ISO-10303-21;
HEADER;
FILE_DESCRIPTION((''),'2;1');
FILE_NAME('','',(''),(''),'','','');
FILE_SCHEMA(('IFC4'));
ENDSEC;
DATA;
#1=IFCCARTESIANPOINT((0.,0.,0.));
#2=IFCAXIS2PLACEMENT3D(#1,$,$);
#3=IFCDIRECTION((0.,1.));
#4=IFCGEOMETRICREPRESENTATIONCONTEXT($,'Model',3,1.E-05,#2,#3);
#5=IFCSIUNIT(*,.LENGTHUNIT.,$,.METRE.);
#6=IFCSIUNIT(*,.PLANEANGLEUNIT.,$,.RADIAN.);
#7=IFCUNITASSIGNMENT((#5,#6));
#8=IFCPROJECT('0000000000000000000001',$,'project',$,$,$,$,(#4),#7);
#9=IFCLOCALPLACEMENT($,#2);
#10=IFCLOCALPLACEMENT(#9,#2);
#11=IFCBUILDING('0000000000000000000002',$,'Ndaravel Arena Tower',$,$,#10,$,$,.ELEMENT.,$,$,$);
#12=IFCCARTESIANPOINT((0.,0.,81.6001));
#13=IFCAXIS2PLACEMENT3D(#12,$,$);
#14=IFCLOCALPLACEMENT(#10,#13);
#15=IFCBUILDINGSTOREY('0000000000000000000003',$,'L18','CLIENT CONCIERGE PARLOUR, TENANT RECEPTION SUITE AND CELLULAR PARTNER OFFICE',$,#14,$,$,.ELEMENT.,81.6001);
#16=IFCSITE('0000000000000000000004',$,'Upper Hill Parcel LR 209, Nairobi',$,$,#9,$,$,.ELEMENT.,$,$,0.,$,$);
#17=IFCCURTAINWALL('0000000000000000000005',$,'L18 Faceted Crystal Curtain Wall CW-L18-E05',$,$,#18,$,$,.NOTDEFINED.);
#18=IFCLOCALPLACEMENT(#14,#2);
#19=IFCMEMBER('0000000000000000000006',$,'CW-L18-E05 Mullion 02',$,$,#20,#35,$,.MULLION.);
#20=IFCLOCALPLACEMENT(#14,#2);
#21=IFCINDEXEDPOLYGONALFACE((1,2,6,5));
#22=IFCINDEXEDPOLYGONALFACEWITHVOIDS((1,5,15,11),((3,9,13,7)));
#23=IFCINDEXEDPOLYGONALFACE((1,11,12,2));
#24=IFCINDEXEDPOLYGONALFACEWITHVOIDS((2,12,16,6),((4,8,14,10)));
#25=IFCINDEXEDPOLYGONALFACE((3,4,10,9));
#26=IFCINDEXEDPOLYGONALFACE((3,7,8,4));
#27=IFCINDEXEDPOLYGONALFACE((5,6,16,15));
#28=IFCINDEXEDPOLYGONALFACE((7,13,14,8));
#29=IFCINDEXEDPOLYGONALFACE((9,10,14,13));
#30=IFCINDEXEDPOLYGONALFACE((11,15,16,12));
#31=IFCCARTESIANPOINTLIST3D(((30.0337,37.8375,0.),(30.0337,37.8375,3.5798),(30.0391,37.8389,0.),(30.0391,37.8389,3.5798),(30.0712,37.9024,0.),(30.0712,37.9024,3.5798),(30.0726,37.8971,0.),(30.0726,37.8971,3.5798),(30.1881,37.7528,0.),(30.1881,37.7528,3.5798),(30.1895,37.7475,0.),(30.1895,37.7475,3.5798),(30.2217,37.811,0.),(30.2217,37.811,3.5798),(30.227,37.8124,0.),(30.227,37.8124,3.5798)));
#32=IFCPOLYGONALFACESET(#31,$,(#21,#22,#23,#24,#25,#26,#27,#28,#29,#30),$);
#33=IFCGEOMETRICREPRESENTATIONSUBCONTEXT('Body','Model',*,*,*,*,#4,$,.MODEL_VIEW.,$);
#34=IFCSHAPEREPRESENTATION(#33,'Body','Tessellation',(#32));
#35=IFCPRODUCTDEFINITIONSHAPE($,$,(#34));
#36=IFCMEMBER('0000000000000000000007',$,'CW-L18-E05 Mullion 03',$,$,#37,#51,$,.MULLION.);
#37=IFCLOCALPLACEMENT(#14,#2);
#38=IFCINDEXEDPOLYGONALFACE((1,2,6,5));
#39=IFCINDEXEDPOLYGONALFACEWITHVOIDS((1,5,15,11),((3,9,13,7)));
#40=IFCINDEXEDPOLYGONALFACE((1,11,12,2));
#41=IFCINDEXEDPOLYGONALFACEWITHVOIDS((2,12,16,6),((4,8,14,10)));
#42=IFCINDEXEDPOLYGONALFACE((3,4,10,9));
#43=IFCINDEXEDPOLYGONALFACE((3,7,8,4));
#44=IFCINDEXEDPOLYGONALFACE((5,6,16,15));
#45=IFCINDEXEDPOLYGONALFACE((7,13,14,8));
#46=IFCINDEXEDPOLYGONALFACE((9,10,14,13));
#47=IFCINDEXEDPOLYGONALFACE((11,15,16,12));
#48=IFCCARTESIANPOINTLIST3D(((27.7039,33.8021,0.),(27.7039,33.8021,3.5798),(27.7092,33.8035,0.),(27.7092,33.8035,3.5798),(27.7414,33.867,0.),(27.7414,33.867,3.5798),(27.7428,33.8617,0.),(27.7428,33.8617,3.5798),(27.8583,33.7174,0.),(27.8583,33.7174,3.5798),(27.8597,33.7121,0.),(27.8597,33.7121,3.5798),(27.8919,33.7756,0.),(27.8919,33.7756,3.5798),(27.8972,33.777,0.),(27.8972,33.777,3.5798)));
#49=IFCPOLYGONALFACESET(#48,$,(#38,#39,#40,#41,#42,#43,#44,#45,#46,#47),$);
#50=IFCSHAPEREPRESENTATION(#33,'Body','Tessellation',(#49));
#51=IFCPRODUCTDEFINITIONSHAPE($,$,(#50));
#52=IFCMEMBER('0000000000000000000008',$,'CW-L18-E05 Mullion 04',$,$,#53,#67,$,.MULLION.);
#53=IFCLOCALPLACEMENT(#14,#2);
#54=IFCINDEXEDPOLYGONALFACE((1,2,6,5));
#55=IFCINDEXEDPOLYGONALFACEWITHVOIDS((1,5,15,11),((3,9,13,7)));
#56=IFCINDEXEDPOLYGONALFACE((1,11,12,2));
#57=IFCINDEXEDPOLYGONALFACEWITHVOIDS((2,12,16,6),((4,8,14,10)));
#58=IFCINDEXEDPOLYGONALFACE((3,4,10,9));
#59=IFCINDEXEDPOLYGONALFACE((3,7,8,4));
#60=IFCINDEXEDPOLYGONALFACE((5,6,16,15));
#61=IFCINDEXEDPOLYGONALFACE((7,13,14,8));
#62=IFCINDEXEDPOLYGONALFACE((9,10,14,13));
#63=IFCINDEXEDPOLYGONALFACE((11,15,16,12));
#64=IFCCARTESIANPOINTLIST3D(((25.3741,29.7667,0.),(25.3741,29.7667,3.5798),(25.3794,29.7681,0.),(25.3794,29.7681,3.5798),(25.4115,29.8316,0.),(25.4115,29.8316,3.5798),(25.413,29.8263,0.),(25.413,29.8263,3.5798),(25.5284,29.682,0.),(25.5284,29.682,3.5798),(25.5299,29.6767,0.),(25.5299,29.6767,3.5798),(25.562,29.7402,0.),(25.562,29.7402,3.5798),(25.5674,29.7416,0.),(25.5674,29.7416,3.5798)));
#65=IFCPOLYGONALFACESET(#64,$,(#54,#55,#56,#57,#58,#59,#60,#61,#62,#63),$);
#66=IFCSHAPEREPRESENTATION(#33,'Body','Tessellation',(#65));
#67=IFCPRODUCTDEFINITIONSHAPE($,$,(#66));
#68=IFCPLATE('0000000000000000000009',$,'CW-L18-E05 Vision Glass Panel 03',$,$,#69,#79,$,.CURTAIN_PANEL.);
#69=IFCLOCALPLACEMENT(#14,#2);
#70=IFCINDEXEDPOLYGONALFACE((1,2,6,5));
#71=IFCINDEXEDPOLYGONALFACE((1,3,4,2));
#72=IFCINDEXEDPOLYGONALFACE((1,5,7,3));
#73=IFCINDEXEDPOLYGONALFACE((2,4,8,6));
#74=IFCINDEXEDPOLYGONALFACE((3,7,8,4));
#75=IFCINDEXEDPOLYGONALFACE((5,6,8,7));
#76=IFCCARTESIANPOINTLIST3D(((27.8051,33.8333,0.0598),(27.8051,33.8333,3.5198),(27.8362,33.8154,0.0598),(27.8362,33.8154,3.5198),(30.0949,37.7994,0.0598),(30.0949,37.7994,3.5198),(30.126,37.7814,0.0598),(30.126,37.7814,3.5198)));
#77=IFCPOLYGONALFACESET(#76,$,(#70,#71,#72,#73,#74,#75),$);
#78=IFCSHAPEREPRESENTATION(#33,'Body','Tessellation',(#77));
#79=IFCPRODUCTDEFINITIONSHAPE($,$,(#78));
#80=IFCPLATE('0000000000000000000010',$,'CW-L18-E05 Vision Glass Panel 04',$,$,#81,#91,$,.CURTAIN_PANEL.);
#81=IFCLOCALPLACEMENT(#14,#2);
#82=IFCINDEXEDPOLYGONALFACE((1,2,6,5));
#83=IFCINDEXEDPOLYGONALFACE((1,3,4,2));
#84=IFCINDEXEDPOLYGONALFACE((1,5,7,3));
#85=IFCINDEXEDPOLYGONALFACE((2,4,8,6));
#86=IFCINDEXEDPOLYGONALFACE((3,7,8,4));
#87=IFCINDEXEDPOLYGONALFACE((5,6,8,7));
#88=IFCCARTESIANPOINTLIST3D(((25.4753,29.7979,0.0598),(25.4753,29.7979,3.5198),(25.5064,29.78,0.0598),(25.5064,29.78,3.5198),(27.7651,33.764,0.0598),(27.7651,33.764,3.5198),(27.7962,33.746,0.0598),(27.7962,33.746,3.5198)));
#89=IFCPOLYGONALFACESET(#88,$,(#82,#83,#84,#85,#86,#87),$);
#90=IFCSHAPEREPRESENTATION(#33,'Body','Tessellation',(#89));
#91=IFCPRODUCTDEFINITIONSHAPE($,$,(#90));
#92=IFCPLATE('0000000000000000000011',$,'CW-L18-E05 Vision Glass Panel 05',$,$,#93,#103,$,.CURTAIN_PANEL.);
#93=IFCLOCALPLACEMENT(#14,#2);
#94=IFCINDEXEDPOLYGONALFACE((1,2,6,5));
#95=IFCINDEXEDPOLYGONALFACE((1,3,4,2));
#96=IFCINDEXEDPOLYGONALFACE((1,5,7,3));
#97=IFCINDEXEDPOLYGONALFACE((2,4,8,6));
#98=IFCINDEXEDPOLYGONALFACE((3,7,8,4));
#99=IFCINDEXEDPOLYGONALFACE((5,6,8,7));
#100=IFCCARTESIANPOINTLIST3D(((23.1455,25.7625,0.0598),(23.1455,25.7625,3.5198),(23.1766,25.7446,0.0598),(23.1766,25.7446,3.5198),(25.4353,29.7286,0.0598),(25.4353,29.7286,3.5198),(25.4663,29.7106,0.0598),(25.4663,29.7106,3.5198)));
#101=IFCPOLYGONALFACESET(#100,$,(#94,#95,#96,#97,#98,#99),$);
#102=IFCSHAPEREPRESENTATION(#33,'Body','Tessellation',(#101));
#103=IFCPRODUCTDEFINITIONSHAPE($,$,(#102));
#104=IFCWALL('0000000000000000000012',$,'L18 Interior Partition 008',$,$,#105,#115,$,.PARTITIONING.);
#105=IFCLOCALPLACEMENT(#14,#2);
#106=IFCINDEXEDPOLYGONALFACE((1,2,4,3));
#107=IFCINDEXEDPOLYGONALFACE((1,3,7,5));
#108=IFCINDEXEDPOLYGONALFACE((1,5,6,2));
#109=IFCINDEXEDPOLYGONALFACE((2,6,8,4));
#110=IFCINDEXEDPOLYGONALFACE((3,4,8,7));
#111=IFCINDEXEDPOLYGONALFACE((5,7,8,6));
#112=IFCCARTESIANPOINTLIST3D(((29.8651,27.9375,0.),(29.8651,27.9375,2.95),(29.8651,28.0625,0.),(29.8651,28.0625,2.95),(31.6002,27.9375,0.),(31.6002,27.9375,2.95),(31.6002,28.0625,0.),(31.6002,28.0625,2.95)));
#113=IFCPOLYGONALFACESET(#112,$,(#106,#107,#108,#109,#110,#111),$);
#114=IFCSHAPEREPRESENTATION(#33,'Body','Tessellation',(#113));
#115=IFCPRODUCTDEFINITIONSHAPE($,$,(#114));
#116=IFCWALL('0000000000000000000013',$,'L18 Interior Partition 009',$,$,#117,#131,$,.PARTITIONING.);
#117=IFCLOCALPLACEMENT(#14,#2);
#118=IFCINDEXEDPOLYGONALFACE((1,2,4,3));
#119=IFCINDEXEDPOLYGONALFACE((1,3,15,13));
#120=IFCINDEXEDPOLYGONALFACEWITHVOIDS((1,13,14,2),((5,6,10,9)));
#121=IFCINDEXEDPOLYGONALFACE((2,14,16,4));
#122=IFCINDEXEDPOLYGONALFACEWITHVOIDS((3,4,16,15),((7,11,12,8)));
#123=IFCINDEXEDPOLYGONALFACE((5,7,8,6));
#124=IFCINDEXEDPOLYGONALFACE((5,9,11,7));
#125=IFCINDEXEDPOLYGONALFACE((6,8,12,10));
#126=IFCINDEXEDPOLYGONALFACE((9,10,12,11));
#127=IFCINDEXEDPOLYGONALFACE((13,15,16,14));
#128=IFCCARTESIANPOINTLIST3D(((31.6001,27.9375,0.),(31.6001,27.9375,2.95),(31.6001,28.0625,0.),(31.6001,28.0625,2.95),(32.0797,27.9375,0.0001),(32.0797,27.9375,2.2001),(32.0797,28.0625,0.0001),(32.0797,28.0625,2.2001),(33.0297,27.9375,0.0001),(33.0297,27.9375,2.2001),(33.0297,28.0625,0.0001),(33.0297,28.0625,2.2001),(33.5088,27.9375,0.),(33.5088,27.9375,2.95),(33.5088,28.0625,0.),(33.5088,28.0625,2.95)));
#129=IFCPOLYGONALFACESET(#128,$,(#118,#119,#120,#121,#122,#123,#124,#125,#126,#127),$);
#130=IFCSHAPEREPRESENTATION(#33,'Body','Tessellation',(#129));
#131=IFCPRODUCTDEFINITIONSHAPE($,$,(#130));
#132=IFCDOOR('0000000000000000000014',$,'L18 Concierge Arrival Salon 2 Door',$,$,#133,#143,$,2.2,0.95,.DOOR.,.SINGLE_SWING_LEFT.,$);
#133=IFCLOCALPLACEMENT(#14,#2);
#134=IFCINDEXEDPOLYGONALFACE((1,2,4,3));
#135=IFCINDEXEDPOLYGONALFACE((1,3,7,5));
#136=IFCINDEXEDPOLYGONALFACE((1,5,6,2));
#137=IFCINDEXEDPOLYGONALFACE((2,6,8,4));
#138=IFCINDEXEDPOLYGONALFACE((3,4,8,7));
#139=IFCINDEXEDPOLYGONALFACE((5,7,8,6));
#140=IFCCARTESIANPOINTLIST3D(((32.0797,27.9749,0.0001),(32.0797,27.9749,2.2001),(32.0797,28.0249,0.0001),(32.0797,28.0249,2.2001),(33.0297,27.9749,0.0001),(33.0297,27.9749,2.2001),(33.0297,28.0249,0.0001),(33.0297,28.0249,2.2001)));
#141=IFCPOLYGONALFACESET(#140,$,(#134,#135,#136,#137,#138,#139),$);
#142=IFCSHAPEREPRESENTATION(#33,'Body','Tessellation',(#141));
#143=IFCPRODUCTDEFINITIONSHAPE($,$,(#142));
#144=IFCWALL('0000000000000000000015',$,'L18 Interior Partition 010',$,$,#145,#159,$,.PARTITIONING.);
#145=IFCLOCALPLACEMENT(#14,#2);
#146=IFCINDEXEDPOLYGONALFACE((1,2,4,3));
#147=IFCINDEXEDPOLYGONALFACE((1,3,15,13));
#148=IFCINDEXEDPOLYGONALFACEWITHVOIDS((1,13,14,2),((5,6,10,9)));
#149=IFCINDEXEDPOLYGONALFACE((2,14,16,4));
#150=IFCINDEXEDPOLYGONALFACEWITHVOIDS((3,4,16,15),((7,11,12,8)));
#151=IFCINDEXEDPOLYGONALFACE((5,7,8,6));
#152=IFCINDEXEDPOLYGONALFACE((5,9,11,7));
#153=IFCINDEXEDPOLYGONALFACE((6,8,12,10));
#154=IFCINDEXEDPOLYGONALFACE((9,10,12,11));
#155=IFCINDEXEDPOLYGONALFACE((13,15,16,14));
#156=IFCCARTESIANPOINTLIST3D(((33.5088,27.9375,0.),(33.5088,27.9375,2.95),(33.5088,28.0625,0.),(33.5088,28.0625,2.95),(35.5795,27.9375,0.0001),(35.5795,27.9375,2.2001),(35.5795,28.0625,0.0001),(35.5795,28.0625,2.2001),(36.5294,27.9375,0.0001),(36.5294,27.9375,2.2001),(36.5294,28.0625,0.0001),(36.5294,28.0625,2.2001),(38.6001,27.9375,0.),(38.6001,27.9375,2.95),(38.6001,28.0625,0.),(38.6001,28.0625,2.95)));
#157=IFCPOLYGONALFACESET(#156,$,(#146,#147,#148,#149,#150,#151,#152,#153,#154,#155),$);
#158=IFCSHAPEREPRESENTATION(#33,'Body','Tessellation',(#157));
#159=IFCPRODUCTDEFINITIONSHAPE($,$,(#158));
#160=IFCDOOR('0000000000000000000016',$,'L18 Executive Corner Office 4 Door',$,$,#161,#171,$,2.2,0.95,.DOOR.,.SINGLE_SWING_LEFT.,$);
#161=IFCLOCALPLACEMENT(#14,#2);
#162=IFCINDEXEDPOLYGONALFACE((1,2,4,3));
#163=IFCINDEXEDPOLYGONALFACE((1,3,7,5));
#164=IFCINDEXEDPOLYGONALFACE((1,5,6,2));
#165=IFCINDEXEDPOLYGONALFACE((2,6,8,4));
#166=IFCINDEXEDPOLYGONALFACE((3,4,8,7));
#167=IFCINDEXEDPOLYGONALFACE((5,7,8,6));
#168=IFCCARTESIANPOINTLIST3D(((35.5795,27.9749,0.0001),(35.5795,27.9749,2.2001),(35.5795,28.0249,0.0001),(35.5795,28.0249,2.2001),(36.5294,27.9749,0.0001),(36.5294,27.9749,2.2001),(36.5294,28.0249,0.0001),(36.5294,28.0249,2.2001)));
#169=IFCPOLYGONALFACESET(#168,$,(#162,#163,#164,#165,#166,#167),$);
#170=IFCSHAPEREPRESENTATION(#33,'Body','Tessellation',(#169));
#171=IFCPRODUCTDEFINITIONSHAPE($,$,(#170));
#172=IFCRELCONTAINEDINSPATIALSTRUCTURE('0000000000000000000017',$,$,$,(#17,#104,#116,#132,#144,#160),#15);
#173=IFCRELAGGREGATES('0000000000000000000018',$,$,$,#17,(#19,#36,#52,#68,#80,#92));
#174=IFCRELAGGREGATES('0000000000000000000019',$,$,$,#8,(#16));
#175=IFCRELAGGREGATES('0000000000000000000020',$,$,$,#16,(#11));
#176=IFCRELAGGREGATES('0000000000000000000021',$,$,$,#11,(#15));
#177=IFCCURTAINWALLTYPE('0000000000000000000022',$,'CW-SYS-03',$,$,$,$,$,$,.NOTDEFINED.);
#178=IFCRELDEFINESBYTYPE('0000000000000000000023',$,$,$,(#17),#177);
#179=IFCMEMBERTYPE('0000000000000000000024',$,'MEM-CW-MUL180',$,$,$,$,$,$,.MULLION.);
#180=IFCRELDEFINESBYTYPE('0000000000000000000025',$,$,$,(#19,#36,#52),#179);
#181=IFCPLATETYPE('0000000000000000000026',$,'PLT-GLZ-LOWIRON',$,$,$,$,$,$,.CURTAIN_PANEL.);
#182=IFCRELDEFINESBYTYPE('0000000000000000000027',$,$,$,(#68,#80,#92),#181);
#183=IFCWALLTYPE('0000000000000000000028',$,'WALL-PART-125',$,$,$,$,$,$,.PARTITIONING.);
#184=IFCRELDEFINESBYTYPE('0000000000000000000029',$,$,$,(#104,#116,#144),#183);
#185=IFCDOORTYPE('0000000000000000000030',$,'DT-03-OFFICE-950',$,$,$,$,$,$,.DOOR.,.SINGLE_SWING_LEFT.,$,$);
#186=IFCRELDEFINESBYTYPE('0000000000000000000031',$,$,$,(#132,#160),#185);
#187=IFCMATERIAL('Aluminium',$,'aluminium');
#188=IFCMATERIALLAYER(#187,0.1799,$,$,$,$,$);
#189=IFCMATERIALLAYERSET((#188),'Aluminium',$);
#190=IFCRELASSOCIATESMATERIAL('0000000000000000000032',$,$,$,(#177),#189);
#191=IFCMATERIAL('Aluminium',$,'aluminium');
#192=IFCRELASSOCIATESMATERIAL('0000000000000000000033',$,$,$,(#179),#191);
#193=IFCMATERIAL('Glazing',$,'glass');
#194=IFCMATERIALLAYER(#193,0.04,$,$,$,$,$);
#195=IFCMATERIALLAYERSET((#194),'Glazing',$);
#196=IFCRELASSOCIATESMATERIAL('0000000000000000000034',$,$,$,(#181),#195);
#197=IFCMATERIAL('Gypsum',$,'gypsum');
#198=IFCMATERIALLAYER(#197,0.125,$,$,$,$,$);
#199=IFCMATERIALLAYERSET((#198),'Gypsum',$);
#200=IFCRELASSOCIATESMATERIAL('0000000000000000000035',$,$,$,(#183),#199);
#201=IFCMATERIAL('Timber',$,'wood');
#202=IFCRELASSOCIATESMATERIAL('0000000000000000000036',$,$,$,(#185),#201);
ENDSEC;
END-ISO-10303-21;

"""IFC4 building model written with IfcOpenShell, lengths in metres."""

from ifc_helpers import new_model, si_unit, direction, frame, frame_2d, origin, origin_2d, place, context, subcontext, project, spatial, rectangle, hollow_rectangle, extrude, material, layer, layer_set, material_profile, profile_set, type_object, element, fill, aggregate, save


model = new_model("IFC4")

# Units and contexts
model_context = context("Model", 3, precision=1e-05, world=origin(), true_north=direction((0.0, 1.0)))
body_context = subcontext(model_context, "Body", "Model", "MODEL_VIEW")
ifc_project = project(units=[si_unit("LENGTHUNIT", "METRE"), si_unit("PLANEANGLEUNIT", "RADIAN")], contexts=[model_context])

# Site, building, storey
site_placement = place(None, origin())
site = spatial("IfcSite", under=ifc_project, at=site_placement, Name="Upper Hill Parcel LR 209, Nairobi", CompositionType="ELEMENT", RefElevation=0.0)
building_placement = place(site_placement, origin())
building = spatial("IfcBuilding", under=site, at=building_placement, Name="Ndaravel Arena Tower", CompositionType="ELEMENT")
storey_placement = place(building_placement, frame((0.0, 0.0, 81.6001)))
storey = spatial("IfcBuildingStorey", under=building, at=storey_placement, Name="L18", Description="CLIENT CONCIERGE PARLOUR, TENANT RECEPTION SUITE AND CELLULAR PARTNER OFFICE", CompositionType="ELEMENT", Elevation=81.6001)

# Curtain wall, members, plates
ifc_material_1 = material(Name="Aluminium", Category="aluminium")
ifc_layer_1 = layer(ifc_material_1, 0.1799)
ifc_layer_set_1 = layer_set([ifc_layer_1], Name="Aluminium")
curtain_wall_type = type_object("IfcCurtainWallType", Name="CW-SYS-03", PredefinedType="NOTDEFINED", material=ifc_layer_set_1)
curtain_wall_placement = place(storey_placement, origin())
curtain_wall = element("IfcCurtainWall", 1, at=curtain_wall_placement, inside=storey, type_object=curtain_wall_type, Name="L18 Faceted Crystal Curtain Wall CW-L18-E05", PredefinedType="NOTDEFINED")
ifc_material_2 = material(Name="Aluminium", Category="aluminium")
ifc_material_profile_1 = material_profile(ifc_material_2, hollow_rectangle(XDim=0.075, YDim=0.1799, WallThickness=0.0039, at=origin_2d()), Name="CW MULLION 75x180x4")
ifc_profile_set_1 = profile_set([ifc_material_profile_1], Name="Aluminium")
member_type = type_object("IfcMemberType", Name="MEM-CW-MUL180", PredefinedType="MULLION", material=ifc_profile_set_1)
member_1_placement = place(storey_placement, frame((30.1304, 37.825, 0.0), z_axis=(0.0, 0.0, 1.0), x_axis=(-0.5, -0.866025, 0.0)))
member_1 = element("IfcMember", 2, at=member_1_placement, type_object=member_type, Name="CW-L18-E05 Mullion 02", PredefinedType="MULLION", context=body_context, shape_type="SweptSolid", body=[
    extrude(hollow_rectangle(XDim=0.075, YDim=0.1799, WallThickness=0.0039, at=origin_2d()), origin(), (0.0, 0.0, 1.0), 3.5798),
])
member_2_placement = place(storey_placement, frame((27.8005, 33.7896, 0.0), z_axis=(0.0, 0.0, 1.0), x_axis=(-0.5, -0.866025, 0.0)))
member_2 = element("IfcMember", 3, at=member_2_placement, type_object=member_type, Name="CW-L18-E05 Mullion 03", PredefinedType="MULLION", context=body_context, shape_type="SweptSolid", body=[
    extrude(hollow_rectangle(XDim=0.075, YDim=0.1799, WallThickness=0.0039, at=origin_2d()), origin(), (0.0, 0.0, 1.0), 3.5798),
])
member_3_placement = place(storey_placement, frame((25.4707, 29.7542, 0.0), z_axis=(0.0, 0.0, 1.0), x_axis=(-0.5, -0.866025, 0.0)))
member_3 = element("IfcMember", 4, at=member_3_placement, type_object=member_type, Name="CW-L18-E05 Mullion 04", PredefinedType="MULLION", context=body_context, shape_type="SweptSolid", body=[
    extrude(hollow_rectangle(XDim=0.075, YDim=0.1799, WallThickness=0.0039, at=origin_2d()), origin(), (0.0, 0.0, 1.0), 3.5798),
])
ifc_material_3 = material(Name="Glazing", Category="glass")
ifc_layer_2 = layer(ifc_material_3, 0.04)
ifc_layer_set_2 = layer_set([ifc_layer_2], Name="Glazing")
plate_type = type_object("IfcPlateType", Name="PLT-GLZ-LOWIRON", PredefinedType="CURTAIN_PANEL", material=ifc_layer_set_2)
plate_1_placement = place(storey_placement, frame((28.9656, 35.8074, 0.0598), z_axis=(0.0, 0.0, 1.0), x_axis=(-0.5, -0.866025, 0.0)))
plate_1 = element("IfcPlate", 5, at=plate_1_placement, type_object=plate_type, Name="CW-L18-E05 Vision Glass Panel 03", PredefinedType="CURTAIN_PANEL", context=body_context, shape_type="SweptSolid", body=[
    extrude(rectangle(XDim=4.5796, YDim=0.0359, at=origin_2d()), origin(), (0.0, 0.0, 1.0), 3.46),
])
plate_2_placement = place(storey_placement, frame((26.6357, 31.772, 0.0598), z_axis=(0.0, 0.0, 1.0), x_axis=(-0.5, -0.866025, 0.0)))
plate_2 = element("IfcPlate", 6, at=plate_2_placement, type_object=plate_type, Name="CW-L18-E05 Vision Glass Panel 04", PredefinedType="CURTAIN_PANEL", context=body_context, shape_type="SweptSolid", body=[
    extrude(rectangle(XDim=4.5796, YDim=0.0359, at=origin_2d()), origin(), (0.0, 0.0, 1.0), 3.46),
])
plate_3_placement = place(storey_placement, frame((24.3059, 27.7366, 0.0598), z_axis=(0.0, 0.0, 1.0), x_axis=(-0.5, -0.866025, 0.0)))
plate_3 = element("IfcPlate", 7, at=plate_3_placement, type_object=plate_type, Name="CW-L18-E05 Vision Glass Panel 05", PredefinedType="CURTAIN_PANEL", context=body_context, shape_type="SweptSolid", body=[
    extrude(rectangle(XDim=4.5796, YDim=0.0359, at=origin_2d()), origin(), (0.0, 0.0, 1.0), 3.46),
])
aggregate(curtain_wall, [member_1, member_2, member_3, plate_1, plate_2, plate_3])

# Wall
ifc_material_4 = material(Name="Gypsum", Category="gypsum")
ifc_layer_3 = layer(ifc_material_4, 0.125)
ifc_layer_set_3 = layer_set([ifc_layer_3], Name="Gypsum")
wall_type_1 = type_object("IfcWallType", Name="WALL-PART-125", PredefinedType="PARTITIONING", material=ifc_layer_set_3)
wall_1_placement = place(storey_placement, frame((29.865, 28.0, 0.0), z_axis=(0.0, 0.0, 1.0), x_axis=(1.0, 0.0, 0.0)))
element("IfcWall", 8, at=wall_1_placement, inside=storey, type_object=wall_type_1, Name="L18 Interior Partition 008", PredefinedType="PARTITIONING", context=body_context, shape_type="SweptSolid", body=[
    extrude(rectangle(XDim=1.7351, YDim=0.125, at=frame_2d((0.8677, 0.0))), origin(), (0.0, 0.0, 1.0), 2.95),
])

# Walls, openings, doors
wall_2_placement = place(storey_placement, frame((31.6001, 28.0, 0.0), z_axis=(0.0, 0.0, 1.0), x_axis=(1.0, 0.0, 0.0)))
wall_2 = element("IfcWall", 9, at=wall_2_placement, inside=storey, type_object=wall_type_1, Name="L18 Interior Partition 009", PredefinedType="PARTITIONING", context=body_context, shape_type="SweptSolid", body=[
    extrude(rectangle(XDim=1.9087, YDim=0.125, at=frame_2d((0.9543, 0.0))), origin(), (0.0, 0.0, 1.0), 2.95),
])
opening_1_placement = place(wall_2_placement, frame((0.4795, 0.0, 0.0)))
opening_1 = element("IfcOpeningElement", 10, at=opening_1_placement, cuts=wall_2, PredefinedType="OPENING", context=body_context, shape_type="SweptSolid", body=[
    extrude(rectangle(XDim=0.95, YDim=2.2, at=frame_2d((0.4751, 1.1001))), frame((0.0, 0.0625, 0.0), z_axis=(0.0, -1.0, 0.0), x_axis=(1.0, 0.0, 0.0)), (0.0, 0.0, 1.0), 0.125),
])
ifc_material_5 = material(Name="Timber", Category="wood")
door_type = type_object("IfcDoorType", Name="DT-03-OFFICE-950", OperationType="SINGLE_SWING_LEFT", PredefinedType="DOOR", material=ifc_material_5)
door_1_placement = place(opening_1_placement, origin())
door_1 = element("IfcDoor", 11, at=door_1_placement, inside=storey, type_object=door_type, Name="L18 Concierge Arrival Salon 2 Door", OperationType="SINGLE_SWING_LEFT", OverallHeight=2.2, OverallWidth=0.95, PredefinedType="DOOR", context=body_context, shape_type="SweptSolid", body=[
    extrude(rectangle(XDim=0.95, YDim=2.2, at=frame_2d((0.4751, 1.1001))), frame((0.0, 0.0249, 0.0), z_axis=(0.0, -1.0, 0.0), x_axis=(1.0, 0.0, 0.0)), (0.0, 0.0, 1.0), 0.05),
])
fill(opening_1, door_1)
wall_3_placement = place(storey_placement, frame((33.5088, 28.0, 0.0), z_axis=(0.0, 0.0, 1.0), x_axis=(1.0, 0.0, 0.0)))
wall_3 = element("IfcWall", 12, at=wall_3_placement, inside=storey, type_object=wall_type_1, Name="L18 Interior Partition 010", PredefinedType="PARTITIONING", context=body_context, shape_type="SweptSolid", body=[
    extrude(rectangle(XDim=5.0913, YDim=0.125, at=frame_2d((2.5457, 0.0))), origin(), (0.0, 0.0, 1.0), 2.95),
])
opening_2_placement = place(wall_3_placement, frame((2.0706, 0.0, 0.0)))
opening_2 = element("IfcOpeningElement", 13, at=opening_2_placement, cuts=wall_3, PredefinedType="OPENING", context=body_context, shape_type="SweptSolid", body=[
    extrude(rectangle(XDim=0.95, YDim=2.2, at=frame_2d((0.4751, 1.1001))), frame((0.0, 0.0625, 0.0), z_axis=(0.0, -1.0, 0.0), x_axis=(1.0, 0.0, 0.0)), (0.0, 0.0, 1.0), 0.125),
])
door_2_placement = place(opening_2_placement, origin())
door_2 = element("IfcDoor", 14, at=door_2_placement, inside=storey, type_object=door_type, Name="L18 Executive Corner Office 4 Door", OperationType="SINGLE_SWING_LEFT", OverallHeight=2.2, OverallWidth=0.95, PredefinedType="DOOR", context=body_context, shape_type="SweptSolid", body=[
    extrude(rectangle(XDim=0.95, YDim=2.2, at=frame_2d((0.4751, 1.1001))), frame((0.0, 0.0249, 0.0), z_axis=(0.0, -1.0, 0.0), x_axis=(1.0, 0.0, 0.0)), (0.0, 0.0, 1.0), 0.05),
])
fill(opening_2, door_2)

save(model, "model.ifc")
